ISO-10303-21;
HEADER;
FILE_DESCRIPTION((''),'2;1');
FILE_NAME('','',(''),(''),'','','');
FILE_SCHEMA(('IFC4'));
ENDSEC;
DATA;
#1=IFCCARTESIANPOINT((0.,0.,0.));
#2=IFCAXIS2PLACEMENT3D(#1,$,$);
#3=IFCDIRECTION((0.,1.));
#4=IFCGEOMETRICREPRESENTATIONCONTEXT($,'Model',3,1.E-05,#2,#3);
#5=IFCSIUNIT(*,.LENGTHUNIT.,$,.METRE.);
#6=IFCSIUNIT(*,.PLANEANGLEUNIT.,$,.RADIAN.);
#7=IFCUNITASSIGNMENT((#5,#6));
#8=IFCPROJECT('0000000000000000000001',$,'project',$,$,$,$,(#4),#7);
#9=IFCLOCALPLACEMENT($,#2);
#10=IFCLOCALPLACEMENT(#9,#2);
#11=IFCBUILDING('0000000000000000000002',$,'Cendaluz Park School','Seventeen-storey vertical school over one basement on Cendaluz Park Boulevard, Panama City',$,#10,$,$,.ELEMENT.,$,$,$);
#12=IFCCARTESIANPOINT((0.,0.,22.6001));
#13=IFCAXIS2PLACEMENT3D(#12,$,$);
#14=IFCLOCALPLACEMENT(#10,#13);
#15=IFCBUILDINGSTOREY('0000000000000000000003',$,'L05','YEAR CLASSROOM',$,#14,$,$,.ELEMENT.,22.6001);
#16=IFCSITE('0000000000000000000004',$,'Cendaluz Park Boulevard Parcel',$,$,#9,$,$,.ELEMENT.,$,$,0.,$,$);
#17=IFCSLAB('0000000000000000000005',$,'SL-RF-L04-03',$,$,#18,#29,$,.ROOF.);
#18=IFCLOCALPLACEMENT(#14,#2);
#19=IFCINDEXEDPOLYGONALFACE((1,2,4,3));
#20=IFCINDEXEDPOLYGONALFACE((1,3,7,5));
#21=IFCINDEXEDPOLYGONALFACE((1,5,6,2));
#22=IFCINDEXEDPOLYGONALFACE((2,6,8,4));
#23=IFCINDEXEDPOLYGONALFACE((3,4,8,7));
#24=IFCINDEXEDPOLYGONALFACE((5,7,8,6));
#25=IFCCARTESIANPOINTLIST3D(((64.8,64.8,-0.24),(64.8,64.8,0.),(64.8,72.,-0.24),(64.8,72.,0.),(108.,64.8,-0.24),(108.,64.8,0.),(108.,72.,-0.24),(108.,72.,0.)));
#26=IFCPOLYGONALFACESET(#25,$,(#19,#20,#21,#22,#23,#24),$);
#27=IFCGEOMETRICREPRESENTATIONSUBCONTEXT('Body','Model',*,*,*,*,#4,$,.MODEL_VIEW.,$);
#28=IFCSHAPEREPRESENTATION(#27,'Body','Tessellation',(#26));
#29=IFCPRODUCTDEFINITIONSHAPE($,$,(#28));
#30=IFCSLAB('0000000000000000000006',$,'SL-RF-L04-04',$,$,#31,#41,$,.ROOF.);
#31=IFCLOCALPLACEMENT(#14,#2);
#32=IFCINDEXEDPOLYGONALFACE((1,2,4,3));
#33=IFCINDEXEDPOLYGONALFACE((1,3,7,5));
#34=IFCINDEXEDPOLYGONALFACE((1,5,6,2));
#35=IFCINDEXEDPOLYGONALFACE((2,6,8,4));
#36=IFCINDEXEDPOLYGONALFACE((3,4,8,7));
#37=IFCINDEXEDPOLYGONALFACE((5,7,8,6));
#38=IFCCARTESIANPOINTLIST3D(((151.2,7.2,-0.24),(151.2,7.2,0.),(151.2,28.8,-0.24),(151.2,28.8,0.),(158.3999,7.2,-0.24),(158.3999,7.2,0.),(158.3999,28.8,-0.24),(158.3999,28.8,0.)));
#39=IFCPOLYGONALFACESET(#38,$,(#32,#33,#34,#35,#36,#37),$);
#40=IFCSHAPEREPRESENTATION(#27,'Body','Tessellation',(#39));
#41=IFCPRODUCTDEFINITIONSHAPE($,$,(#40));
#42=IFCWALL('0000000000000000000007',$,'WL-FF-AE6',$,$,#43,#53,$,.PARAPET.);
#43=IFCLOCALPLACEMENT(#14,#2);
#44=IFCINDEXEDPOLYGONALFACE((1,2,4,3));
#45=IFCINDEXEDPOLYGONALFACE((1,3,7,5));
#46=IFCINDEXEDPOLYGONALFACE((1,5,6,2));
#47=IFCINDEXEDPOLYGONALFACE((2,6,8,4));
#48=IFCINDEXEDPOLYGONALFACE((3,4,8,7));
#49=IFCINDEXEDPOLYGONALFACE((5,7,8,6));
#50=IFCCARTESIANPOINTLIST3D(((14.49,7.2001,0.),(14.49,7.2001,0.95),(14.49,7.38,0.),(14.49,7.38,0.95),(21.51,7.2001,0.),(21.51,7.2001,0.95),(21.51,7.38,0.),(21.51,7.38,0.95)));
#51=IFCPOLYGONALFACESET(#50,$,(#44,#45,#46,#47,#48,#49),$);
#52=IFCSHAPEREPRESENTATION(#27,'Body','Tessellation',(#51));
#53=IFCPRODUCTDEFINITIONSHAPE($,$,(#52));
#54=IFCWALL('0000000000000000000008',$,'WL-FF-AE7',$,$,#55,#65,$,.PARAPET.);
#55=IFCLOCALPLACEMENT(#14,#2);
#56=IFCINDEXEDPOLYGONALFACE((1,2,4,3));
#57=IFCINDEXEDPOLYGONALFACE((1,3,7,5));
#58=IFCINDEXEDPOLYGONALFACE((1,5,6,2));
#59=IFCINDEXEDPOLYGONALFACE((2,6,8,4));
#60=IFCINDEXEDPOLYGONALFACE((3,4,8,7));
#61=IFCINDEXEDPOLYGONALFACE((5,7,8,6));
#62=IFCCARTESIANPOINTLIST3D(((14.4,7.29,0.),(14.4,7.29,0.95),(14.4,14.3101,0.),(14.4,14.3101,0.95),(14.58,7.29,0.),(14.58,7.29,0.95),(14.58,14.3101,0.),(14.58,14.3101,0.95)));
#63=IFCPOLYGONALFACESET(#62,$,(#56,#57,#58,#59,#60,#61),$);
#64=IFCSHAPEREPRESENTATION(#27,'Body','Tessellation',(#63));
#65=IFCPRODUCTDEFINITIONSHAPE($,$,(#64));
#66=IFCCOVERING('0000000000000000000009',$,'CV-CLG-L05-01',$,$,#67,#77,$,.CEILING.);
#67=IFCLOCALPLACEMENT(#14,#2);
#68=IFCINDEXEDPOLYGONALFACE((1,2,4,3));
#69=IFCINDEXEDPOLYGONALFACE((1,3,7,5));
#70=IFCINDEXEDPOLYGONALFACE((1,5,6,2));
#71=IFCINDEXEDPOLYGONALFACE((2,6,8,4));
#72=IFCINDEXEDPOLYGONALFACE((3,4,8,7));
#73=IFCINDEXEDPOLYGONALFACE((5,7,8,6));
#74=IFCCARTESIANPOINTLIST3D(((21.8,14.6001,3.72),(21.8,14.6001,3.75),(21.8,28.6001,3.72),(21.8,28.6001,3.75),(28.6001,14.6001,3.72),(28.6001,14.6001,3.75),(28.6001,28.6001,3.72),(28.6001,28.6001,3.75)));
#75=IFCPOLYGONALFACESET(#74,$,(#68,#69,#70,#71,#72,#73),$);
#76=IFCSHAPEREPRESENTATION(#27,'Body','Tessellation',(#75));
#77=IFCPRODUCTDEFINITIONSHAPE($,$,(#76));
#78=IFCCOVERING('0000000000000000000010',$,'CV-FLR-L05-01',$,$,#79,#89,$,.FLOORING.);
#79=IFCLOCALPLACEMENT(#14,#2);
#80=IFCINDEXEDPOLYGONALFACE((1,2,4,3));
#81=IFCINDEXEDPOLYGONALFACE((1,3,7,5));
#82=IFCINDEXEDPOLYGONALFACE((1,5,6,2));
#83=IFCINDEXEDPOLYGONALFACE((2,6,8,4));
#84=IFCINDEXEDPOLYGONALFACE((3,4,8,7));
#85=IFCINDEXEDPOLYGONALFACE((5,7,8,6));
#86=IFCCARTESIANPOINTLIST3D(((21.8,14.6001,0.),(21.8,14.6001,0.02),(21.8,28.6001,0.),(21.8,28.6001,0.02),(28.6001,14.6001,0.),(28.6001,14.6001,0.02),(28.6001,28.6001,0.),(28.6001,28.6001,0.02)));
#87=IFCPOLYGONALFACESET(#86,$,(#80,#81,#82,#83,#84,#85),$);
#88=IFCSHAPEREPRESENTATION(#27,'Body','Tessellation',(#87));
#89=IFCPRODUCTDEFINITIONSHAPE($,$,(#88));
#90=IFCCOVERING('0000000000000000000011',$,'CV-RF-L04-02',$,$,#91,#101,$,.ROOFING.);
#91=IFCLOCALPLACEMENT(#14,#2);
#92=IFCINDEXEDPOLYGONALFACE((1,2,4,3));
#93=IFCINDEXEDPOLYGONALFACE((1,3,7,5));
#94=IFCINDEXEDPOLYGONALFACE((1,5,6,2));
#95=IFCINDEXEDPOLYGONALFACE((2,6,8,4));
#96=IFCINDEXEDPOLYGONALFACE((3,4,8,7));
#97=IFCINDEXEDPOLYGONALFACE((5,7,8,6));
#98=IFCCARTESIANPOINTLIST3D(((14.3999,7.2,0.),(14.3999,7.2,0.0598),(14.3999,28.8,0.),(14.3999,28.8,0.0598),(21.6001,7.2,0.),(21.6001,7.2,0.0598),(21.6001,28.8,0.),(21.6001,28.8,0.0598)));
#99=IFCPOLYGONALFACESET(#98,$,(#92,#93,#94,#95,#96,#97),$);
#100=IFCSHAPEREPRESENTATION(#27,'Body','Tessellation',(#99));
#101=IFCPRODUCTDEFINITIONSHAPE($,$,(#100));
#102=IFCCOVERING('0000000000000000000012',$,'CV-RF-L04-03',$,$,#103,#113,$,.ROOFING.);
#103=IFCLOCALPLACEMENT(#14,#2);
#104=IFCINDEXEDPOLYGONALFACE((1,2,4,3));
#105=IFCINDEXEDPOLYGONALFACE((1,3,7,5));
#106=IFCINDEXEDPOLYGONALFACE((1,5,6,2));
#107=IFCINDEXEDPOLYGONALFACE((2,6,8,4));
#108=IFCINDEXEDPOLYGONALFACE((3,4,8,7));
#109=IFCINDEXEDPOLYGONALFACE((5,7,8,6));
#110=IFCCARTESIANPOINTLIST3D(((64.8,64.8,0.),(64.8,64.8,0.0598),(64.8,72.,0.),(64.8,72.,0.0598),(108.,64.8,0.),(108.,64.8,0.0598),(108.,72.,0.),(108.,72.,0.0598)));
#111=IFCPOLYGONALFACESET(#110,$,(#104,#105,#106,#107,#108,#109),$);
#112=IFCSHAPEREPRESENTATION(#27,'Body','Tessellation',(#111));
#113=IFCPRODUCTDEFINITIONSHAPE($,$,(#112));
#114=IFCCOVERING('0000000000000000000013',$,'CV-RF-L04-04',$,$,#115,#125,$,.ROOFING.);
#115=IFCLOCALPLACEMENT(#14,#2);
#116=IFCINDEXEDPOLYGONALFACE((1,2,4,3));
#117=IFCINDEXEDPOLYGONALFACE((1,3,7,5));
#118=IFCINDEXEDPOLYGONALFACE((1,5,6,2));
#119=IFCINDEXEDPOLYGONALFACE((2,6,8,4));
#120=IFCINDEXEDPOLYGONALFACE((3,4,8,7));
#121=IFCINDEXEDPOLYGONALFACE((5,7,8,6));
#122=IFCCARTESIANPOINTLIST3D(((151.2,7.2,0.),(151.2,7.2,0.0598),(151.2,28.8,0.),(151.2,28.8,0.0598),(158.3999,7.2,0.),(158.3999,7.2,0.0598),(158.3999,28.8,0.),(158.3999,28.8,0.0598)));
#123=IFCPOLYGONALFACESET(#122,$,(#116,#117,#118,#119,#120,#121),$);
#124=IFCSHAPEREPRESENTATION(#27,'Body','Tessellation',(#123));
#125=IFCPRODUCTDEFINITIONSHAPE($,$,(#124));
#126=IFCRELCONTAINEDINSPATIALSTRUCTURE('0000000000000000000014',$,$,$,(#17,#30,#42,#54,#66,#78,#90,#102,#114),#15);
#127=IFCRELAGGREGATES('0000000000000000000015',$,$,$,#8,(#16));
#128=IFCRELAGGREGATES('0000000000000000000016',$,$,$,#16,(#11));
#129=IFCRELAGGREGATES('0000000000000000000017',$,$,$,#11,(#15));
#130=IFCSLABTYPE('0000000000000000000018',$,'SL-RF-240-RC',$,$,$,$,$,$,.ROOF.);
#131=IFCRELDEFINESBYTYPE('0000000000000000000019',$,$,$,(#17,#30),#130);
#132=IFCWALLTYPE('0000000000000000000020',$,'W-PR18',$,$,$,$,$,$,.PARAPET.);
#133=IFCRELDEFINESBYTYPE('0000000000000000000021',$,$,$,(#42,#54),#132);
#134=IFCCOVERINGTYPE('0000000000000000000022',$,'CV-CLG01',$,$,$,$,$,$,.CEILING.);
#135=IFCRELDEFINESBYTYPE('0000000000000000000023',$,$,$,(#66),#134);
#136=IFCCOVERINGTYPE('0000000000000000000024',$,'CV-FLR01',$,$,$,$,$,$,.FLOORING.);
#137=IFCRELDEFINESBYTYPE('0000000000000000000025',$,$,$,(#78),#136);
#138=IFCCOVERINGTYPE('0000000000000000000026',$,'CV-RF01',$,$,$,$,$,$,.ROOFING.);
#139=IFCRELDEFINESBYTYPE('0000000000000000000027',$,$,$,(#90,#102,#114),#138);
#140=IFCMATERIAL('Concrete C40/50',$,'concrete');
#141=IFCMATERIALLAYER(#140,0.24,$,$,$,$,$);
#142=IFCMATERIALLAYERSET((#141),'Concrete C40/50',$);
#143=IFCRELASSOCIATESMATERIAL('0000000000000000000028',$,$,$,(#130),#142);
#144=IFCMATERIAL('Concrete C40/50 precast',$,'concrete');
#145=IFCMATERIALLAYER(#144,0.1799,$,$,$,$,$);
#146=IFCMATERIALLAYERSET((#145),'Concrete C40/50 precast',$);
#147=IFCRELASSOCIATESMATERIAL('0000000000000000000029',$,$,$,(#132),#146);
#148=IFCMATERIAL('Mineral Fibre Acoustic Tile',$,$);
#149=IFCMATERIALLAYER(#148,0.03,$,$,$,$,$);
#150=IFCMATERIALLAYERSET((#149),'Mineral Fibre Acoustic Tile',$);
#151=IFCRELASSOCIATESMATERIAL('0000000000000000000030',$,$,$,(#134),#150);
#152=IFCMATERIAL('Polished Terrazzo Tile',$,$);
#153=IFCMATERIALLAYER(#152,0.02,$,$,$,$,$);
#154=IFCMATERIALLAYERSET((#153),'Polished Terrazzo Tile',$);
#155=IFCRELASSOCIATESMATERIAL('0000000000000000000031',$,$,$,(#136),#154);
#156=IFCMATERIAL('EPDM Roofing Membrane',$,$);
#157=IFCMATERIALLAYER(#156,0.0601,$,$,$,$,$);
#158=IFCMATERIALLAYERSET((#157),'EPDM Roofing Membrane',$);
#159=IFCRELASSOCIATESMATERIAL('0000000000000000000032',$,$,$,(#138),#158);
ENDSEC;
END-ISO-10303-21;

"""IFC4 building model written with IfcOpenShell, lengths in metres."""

from ifc_helpers import new_model, si_unit, direction, frame, frame_2d, origin, place, context, subcontext, project, spatial, polyline, rectangle, outline, extrude, material, layer, layer_set, type_object, element, save


model = new_model("IFC4")

# Units and contexts
model_context = context("Model", 3, precision=1e-05, world=origin(), true_north=direction((0.0, 1.0)))
body_context = subcontext(model_context, "Body", "Model", "MODEL_VIEW")
ifc_project = project(units=[si_unit("LENGTHUNIT", "METRE"), si_unit("PLANEANGLEUNIT", "RADIAN")], contexts=[model_context])

# Site, building, storey
site_placement = place(None, origin())
site = spatial("IfcSite", under=ifc_project, at=site_placement, Name="Cendaluz Park Boulevard Parcel", CompositionType="ELEMENT", RefElevation=0.0)
building_placement = place(site_placement, origin())
building = spatial("IfcBuilding", under=site, at=building_placement, Name="Cendaluz Park School", Description="Seventeen-storey vertical school over one basement on Cendaluz Park Boulevard, Panama City", CompositionType="ELEMENT")
storey_placement = place(building_placement, frame((0.0, 0.0, 22.6001)))
storey = spatial("IfcBuildingStorey", under=building, at=storey_placement, Name="L05", Description="YEAR CLASSROOM", CompositionType="ELEMENT", Elevation=22.6001)

# Shared definitions
ifc_material_1 = material(Name="Concrete C40/50", Category="concrete")

# Slabs
ifc_layer_1 = layer(ifc_material_1, 0.24)
ifc_layer_set_1 = layer_set([ifc_layer_1], Name="Concrete C40/50")
slab_type_1 = type_object("IfcSlabType", Name="SL-RF-240-RC", PredefinedType="ROOF", material=ifc_layer_set_1)
slab_1_placement = place(storey_placement, frame((0.0, 0.0, -0.24)))
element("IfcSlab", 1, at=slab_1_placement, inside=storey, type_object=slab_type_1, Name="SL-RF-L04-03", PredefinedType="ROOF", context=body_context, shape_type="SweptSolid", body=[
    extrude(outline(polyline([(108.0, 72.0), (108.0, 64.8), (64.8, 64.8), (64.8, 72.0), (108.0, 72.0)])), origin(), (0.0, 0.0, 1.0), 0.24),
])
slab_2_placement = place(storey_placement, frame((0.0, 0.0, -0.24)))
element("IfcSlab", 2, at=slab_2_placement, inside=storey, type_object=slab_type_1, Name="SL-RF-L04-04", PredefinedType="ROOF", context=body_context, shape_type="SweptSolid", body=[
    extrude(outline(polyline([(151.2, 28.8), (158.3999, 28.8), (158.3999, 7.2), (151.2, 7.2), (151.2, 28.8)])), origin(), (0.0, 0.0, 1.0), 0.24),
])

# Walls
ifc_material_2 = material(Name="Concrete C40/50 precast", Category="concrete")
ifc_layer_2 = layer(ifc_material_2, 0.1799)
ifc_layer_set_2 = layer_set([ifc_layer_2], Name="Concrete C40/50 precast")
wall_type = type_object("IfcWallType", Name="W-PR18", PredefinedType="PARAPET", material=ifc_layer_set_2)
for number, where, z_axis, x_axis, name in (
    (3, (14.49, 7.29, 0.0), (0.0, 0.0, 1.0), (1.0, 0.0, 0.0), "WL-FF-AE6"),
    (4, (14.49, 7.29, 0.0), (0.0, 0.0, 1.0), (0.0, 1.0, 0.0), "WL-FF-AE7"),
):
    element("IfcWall", number, at=place(storey_placement, frame(where, z_axis=z_axis, x_axis=x_axis)), inside=storey, type_object=wall_type, Name=name, PredefinedType="PARAPET", context=body_context, shape_type="SweptSolid", body=[
        extrude(rectangle(XDim=7.02, YDim=0.1799, at=frame_2d((3.51, 0.0))), origin(), (0.0, 0.0, 1.0), 0.95),
    ])

# Coverings
ifc_material_3 = material(Name="Mineral Fibre Acoustic Tile")
ifc_layer_3 = layer(ifc_material_3, 0.03)
ifc_layer_set_3 = layer_set([ifc_layer_3], Name="Mineral Fibre Acoustic Tile")
covering_type_1 = type_object("IfcCoveringType", Name="CV-CLG01", PredefinedType="CEILING", material=ifc_layer_set_3)
covering_1_placement = place(storey_placement, frame((0.0, 0.0, 3.72)))
element("IfcCovering", 5, at=covering_1_placement, inside=storey, type_object=covering_type_1, Name="CV-CLG-L05-01", PredefinedType="CEILING", context=body_context, shape_type="SweptSolid", body=[
    extrude(outline(polyline([(21.8, 14.6001), (28.6001, 14.6001), (28.6001, 28.6001), (21.8, 28.6001), (21.8, 14.6001)])), origin(), (0.0, 0.0, 1.0), 0.03),
])
ifc_material_4 = material(Name="Polished Terrazzo Tile")
ifc_layer_4 = layer(ifc_material_4, 0.02)
ifc_layer_set_4 = layer_set([ifc_layer_4], Name="Polished Terrazzo Tile")
covering_type_2 = type_object("IfcCoveringType", Name="CV-FLR01", PredefinedType="FLOORING", material=ifc_layer_set_4)
covering_2_placement = place(storey_placement, origin())
element("IfcCovering", 6, at=covering_2_placement, inside=storey, type_object=covering_type_2, Name="CV-FLR-L05-01", PredefinedType="FLOORING", context=body_context, shape_type="SweptSolid", body=[
    extrude(outline(polyline([(21.8, 14.6001), (28.6001, 14.6001), (28.6001, 28.6001), (21.8, 28.6001), (21.8, 14.6001)])), origin(), (0.0, 0.0, 1.0), 0.02),
])
ifc_material_5 = material(Name="EPDM Roofing Membrane")
ifc_layer_5 = layer(ifc_material_5, 0.0601)
ifc_layer_set_5 = layer_set([ifc_layer_5], Name="EPDM Roofing Membrane")
covering_type_3 = type_object("IfcCoveringType", Name="CV-RF01", PredefinedType="ROOFING", material=ifc_layer_set_5)
covering_3_placement = place(storey_placement, origin())
element("IfcCovering", 7, at=covering_3_placement, inside=storey, type_object=covering_type_3, Name="CV-RF-L04-02", PredefinedType="ROOFING", context=body_context, shape_type="SweptSolid", body=[
    extrude(outline(polyline([(14.3999, 28.8), (21.6001, 28.8), (21.6001, 7.2), (14.3999, 7.2), (14.3999, 28.8)])), origin(), (0.0, 0.0, 1.0), 0.0598),
])
covering_4_placement = place(storey_placement, origin())
element("IfcCovering", 8, at=covering_4_placement, inside=storey, type_object=covering_type_3, Name="CV-RF-L04-03", PredefinedType="ROOFING", context=body_context, shape_type="SweptSolid", body=[
    extrude(outline(polyline([(108.0, 72.0), (108.0, 64.8), (64.8, 64.8), (64.8, 72.0), (108.0, 72.0)])), origin(), (0.0, 0.0, 1.0), 0.0598),
])
covering_5_placement = place(storey_placement, origin())
element("IfcCovering", 9, at=covering_5_placement, inside=storey, type_object=covering_type_3, Name="CV-RF-L04-04", PredefinedType="ROOFING", context=body_context, shape_type="SweptSolid", body=[
    extrude(outline(polyline([(151.2, 28.8), (158.3999, 28.8), (158.3999, 7.2), (151.2, 7.2), (151.2, 28.8)])), origin(), (0.0, 0.0, 1.0), 0.0598),
])

save(model, "model.ifc")
